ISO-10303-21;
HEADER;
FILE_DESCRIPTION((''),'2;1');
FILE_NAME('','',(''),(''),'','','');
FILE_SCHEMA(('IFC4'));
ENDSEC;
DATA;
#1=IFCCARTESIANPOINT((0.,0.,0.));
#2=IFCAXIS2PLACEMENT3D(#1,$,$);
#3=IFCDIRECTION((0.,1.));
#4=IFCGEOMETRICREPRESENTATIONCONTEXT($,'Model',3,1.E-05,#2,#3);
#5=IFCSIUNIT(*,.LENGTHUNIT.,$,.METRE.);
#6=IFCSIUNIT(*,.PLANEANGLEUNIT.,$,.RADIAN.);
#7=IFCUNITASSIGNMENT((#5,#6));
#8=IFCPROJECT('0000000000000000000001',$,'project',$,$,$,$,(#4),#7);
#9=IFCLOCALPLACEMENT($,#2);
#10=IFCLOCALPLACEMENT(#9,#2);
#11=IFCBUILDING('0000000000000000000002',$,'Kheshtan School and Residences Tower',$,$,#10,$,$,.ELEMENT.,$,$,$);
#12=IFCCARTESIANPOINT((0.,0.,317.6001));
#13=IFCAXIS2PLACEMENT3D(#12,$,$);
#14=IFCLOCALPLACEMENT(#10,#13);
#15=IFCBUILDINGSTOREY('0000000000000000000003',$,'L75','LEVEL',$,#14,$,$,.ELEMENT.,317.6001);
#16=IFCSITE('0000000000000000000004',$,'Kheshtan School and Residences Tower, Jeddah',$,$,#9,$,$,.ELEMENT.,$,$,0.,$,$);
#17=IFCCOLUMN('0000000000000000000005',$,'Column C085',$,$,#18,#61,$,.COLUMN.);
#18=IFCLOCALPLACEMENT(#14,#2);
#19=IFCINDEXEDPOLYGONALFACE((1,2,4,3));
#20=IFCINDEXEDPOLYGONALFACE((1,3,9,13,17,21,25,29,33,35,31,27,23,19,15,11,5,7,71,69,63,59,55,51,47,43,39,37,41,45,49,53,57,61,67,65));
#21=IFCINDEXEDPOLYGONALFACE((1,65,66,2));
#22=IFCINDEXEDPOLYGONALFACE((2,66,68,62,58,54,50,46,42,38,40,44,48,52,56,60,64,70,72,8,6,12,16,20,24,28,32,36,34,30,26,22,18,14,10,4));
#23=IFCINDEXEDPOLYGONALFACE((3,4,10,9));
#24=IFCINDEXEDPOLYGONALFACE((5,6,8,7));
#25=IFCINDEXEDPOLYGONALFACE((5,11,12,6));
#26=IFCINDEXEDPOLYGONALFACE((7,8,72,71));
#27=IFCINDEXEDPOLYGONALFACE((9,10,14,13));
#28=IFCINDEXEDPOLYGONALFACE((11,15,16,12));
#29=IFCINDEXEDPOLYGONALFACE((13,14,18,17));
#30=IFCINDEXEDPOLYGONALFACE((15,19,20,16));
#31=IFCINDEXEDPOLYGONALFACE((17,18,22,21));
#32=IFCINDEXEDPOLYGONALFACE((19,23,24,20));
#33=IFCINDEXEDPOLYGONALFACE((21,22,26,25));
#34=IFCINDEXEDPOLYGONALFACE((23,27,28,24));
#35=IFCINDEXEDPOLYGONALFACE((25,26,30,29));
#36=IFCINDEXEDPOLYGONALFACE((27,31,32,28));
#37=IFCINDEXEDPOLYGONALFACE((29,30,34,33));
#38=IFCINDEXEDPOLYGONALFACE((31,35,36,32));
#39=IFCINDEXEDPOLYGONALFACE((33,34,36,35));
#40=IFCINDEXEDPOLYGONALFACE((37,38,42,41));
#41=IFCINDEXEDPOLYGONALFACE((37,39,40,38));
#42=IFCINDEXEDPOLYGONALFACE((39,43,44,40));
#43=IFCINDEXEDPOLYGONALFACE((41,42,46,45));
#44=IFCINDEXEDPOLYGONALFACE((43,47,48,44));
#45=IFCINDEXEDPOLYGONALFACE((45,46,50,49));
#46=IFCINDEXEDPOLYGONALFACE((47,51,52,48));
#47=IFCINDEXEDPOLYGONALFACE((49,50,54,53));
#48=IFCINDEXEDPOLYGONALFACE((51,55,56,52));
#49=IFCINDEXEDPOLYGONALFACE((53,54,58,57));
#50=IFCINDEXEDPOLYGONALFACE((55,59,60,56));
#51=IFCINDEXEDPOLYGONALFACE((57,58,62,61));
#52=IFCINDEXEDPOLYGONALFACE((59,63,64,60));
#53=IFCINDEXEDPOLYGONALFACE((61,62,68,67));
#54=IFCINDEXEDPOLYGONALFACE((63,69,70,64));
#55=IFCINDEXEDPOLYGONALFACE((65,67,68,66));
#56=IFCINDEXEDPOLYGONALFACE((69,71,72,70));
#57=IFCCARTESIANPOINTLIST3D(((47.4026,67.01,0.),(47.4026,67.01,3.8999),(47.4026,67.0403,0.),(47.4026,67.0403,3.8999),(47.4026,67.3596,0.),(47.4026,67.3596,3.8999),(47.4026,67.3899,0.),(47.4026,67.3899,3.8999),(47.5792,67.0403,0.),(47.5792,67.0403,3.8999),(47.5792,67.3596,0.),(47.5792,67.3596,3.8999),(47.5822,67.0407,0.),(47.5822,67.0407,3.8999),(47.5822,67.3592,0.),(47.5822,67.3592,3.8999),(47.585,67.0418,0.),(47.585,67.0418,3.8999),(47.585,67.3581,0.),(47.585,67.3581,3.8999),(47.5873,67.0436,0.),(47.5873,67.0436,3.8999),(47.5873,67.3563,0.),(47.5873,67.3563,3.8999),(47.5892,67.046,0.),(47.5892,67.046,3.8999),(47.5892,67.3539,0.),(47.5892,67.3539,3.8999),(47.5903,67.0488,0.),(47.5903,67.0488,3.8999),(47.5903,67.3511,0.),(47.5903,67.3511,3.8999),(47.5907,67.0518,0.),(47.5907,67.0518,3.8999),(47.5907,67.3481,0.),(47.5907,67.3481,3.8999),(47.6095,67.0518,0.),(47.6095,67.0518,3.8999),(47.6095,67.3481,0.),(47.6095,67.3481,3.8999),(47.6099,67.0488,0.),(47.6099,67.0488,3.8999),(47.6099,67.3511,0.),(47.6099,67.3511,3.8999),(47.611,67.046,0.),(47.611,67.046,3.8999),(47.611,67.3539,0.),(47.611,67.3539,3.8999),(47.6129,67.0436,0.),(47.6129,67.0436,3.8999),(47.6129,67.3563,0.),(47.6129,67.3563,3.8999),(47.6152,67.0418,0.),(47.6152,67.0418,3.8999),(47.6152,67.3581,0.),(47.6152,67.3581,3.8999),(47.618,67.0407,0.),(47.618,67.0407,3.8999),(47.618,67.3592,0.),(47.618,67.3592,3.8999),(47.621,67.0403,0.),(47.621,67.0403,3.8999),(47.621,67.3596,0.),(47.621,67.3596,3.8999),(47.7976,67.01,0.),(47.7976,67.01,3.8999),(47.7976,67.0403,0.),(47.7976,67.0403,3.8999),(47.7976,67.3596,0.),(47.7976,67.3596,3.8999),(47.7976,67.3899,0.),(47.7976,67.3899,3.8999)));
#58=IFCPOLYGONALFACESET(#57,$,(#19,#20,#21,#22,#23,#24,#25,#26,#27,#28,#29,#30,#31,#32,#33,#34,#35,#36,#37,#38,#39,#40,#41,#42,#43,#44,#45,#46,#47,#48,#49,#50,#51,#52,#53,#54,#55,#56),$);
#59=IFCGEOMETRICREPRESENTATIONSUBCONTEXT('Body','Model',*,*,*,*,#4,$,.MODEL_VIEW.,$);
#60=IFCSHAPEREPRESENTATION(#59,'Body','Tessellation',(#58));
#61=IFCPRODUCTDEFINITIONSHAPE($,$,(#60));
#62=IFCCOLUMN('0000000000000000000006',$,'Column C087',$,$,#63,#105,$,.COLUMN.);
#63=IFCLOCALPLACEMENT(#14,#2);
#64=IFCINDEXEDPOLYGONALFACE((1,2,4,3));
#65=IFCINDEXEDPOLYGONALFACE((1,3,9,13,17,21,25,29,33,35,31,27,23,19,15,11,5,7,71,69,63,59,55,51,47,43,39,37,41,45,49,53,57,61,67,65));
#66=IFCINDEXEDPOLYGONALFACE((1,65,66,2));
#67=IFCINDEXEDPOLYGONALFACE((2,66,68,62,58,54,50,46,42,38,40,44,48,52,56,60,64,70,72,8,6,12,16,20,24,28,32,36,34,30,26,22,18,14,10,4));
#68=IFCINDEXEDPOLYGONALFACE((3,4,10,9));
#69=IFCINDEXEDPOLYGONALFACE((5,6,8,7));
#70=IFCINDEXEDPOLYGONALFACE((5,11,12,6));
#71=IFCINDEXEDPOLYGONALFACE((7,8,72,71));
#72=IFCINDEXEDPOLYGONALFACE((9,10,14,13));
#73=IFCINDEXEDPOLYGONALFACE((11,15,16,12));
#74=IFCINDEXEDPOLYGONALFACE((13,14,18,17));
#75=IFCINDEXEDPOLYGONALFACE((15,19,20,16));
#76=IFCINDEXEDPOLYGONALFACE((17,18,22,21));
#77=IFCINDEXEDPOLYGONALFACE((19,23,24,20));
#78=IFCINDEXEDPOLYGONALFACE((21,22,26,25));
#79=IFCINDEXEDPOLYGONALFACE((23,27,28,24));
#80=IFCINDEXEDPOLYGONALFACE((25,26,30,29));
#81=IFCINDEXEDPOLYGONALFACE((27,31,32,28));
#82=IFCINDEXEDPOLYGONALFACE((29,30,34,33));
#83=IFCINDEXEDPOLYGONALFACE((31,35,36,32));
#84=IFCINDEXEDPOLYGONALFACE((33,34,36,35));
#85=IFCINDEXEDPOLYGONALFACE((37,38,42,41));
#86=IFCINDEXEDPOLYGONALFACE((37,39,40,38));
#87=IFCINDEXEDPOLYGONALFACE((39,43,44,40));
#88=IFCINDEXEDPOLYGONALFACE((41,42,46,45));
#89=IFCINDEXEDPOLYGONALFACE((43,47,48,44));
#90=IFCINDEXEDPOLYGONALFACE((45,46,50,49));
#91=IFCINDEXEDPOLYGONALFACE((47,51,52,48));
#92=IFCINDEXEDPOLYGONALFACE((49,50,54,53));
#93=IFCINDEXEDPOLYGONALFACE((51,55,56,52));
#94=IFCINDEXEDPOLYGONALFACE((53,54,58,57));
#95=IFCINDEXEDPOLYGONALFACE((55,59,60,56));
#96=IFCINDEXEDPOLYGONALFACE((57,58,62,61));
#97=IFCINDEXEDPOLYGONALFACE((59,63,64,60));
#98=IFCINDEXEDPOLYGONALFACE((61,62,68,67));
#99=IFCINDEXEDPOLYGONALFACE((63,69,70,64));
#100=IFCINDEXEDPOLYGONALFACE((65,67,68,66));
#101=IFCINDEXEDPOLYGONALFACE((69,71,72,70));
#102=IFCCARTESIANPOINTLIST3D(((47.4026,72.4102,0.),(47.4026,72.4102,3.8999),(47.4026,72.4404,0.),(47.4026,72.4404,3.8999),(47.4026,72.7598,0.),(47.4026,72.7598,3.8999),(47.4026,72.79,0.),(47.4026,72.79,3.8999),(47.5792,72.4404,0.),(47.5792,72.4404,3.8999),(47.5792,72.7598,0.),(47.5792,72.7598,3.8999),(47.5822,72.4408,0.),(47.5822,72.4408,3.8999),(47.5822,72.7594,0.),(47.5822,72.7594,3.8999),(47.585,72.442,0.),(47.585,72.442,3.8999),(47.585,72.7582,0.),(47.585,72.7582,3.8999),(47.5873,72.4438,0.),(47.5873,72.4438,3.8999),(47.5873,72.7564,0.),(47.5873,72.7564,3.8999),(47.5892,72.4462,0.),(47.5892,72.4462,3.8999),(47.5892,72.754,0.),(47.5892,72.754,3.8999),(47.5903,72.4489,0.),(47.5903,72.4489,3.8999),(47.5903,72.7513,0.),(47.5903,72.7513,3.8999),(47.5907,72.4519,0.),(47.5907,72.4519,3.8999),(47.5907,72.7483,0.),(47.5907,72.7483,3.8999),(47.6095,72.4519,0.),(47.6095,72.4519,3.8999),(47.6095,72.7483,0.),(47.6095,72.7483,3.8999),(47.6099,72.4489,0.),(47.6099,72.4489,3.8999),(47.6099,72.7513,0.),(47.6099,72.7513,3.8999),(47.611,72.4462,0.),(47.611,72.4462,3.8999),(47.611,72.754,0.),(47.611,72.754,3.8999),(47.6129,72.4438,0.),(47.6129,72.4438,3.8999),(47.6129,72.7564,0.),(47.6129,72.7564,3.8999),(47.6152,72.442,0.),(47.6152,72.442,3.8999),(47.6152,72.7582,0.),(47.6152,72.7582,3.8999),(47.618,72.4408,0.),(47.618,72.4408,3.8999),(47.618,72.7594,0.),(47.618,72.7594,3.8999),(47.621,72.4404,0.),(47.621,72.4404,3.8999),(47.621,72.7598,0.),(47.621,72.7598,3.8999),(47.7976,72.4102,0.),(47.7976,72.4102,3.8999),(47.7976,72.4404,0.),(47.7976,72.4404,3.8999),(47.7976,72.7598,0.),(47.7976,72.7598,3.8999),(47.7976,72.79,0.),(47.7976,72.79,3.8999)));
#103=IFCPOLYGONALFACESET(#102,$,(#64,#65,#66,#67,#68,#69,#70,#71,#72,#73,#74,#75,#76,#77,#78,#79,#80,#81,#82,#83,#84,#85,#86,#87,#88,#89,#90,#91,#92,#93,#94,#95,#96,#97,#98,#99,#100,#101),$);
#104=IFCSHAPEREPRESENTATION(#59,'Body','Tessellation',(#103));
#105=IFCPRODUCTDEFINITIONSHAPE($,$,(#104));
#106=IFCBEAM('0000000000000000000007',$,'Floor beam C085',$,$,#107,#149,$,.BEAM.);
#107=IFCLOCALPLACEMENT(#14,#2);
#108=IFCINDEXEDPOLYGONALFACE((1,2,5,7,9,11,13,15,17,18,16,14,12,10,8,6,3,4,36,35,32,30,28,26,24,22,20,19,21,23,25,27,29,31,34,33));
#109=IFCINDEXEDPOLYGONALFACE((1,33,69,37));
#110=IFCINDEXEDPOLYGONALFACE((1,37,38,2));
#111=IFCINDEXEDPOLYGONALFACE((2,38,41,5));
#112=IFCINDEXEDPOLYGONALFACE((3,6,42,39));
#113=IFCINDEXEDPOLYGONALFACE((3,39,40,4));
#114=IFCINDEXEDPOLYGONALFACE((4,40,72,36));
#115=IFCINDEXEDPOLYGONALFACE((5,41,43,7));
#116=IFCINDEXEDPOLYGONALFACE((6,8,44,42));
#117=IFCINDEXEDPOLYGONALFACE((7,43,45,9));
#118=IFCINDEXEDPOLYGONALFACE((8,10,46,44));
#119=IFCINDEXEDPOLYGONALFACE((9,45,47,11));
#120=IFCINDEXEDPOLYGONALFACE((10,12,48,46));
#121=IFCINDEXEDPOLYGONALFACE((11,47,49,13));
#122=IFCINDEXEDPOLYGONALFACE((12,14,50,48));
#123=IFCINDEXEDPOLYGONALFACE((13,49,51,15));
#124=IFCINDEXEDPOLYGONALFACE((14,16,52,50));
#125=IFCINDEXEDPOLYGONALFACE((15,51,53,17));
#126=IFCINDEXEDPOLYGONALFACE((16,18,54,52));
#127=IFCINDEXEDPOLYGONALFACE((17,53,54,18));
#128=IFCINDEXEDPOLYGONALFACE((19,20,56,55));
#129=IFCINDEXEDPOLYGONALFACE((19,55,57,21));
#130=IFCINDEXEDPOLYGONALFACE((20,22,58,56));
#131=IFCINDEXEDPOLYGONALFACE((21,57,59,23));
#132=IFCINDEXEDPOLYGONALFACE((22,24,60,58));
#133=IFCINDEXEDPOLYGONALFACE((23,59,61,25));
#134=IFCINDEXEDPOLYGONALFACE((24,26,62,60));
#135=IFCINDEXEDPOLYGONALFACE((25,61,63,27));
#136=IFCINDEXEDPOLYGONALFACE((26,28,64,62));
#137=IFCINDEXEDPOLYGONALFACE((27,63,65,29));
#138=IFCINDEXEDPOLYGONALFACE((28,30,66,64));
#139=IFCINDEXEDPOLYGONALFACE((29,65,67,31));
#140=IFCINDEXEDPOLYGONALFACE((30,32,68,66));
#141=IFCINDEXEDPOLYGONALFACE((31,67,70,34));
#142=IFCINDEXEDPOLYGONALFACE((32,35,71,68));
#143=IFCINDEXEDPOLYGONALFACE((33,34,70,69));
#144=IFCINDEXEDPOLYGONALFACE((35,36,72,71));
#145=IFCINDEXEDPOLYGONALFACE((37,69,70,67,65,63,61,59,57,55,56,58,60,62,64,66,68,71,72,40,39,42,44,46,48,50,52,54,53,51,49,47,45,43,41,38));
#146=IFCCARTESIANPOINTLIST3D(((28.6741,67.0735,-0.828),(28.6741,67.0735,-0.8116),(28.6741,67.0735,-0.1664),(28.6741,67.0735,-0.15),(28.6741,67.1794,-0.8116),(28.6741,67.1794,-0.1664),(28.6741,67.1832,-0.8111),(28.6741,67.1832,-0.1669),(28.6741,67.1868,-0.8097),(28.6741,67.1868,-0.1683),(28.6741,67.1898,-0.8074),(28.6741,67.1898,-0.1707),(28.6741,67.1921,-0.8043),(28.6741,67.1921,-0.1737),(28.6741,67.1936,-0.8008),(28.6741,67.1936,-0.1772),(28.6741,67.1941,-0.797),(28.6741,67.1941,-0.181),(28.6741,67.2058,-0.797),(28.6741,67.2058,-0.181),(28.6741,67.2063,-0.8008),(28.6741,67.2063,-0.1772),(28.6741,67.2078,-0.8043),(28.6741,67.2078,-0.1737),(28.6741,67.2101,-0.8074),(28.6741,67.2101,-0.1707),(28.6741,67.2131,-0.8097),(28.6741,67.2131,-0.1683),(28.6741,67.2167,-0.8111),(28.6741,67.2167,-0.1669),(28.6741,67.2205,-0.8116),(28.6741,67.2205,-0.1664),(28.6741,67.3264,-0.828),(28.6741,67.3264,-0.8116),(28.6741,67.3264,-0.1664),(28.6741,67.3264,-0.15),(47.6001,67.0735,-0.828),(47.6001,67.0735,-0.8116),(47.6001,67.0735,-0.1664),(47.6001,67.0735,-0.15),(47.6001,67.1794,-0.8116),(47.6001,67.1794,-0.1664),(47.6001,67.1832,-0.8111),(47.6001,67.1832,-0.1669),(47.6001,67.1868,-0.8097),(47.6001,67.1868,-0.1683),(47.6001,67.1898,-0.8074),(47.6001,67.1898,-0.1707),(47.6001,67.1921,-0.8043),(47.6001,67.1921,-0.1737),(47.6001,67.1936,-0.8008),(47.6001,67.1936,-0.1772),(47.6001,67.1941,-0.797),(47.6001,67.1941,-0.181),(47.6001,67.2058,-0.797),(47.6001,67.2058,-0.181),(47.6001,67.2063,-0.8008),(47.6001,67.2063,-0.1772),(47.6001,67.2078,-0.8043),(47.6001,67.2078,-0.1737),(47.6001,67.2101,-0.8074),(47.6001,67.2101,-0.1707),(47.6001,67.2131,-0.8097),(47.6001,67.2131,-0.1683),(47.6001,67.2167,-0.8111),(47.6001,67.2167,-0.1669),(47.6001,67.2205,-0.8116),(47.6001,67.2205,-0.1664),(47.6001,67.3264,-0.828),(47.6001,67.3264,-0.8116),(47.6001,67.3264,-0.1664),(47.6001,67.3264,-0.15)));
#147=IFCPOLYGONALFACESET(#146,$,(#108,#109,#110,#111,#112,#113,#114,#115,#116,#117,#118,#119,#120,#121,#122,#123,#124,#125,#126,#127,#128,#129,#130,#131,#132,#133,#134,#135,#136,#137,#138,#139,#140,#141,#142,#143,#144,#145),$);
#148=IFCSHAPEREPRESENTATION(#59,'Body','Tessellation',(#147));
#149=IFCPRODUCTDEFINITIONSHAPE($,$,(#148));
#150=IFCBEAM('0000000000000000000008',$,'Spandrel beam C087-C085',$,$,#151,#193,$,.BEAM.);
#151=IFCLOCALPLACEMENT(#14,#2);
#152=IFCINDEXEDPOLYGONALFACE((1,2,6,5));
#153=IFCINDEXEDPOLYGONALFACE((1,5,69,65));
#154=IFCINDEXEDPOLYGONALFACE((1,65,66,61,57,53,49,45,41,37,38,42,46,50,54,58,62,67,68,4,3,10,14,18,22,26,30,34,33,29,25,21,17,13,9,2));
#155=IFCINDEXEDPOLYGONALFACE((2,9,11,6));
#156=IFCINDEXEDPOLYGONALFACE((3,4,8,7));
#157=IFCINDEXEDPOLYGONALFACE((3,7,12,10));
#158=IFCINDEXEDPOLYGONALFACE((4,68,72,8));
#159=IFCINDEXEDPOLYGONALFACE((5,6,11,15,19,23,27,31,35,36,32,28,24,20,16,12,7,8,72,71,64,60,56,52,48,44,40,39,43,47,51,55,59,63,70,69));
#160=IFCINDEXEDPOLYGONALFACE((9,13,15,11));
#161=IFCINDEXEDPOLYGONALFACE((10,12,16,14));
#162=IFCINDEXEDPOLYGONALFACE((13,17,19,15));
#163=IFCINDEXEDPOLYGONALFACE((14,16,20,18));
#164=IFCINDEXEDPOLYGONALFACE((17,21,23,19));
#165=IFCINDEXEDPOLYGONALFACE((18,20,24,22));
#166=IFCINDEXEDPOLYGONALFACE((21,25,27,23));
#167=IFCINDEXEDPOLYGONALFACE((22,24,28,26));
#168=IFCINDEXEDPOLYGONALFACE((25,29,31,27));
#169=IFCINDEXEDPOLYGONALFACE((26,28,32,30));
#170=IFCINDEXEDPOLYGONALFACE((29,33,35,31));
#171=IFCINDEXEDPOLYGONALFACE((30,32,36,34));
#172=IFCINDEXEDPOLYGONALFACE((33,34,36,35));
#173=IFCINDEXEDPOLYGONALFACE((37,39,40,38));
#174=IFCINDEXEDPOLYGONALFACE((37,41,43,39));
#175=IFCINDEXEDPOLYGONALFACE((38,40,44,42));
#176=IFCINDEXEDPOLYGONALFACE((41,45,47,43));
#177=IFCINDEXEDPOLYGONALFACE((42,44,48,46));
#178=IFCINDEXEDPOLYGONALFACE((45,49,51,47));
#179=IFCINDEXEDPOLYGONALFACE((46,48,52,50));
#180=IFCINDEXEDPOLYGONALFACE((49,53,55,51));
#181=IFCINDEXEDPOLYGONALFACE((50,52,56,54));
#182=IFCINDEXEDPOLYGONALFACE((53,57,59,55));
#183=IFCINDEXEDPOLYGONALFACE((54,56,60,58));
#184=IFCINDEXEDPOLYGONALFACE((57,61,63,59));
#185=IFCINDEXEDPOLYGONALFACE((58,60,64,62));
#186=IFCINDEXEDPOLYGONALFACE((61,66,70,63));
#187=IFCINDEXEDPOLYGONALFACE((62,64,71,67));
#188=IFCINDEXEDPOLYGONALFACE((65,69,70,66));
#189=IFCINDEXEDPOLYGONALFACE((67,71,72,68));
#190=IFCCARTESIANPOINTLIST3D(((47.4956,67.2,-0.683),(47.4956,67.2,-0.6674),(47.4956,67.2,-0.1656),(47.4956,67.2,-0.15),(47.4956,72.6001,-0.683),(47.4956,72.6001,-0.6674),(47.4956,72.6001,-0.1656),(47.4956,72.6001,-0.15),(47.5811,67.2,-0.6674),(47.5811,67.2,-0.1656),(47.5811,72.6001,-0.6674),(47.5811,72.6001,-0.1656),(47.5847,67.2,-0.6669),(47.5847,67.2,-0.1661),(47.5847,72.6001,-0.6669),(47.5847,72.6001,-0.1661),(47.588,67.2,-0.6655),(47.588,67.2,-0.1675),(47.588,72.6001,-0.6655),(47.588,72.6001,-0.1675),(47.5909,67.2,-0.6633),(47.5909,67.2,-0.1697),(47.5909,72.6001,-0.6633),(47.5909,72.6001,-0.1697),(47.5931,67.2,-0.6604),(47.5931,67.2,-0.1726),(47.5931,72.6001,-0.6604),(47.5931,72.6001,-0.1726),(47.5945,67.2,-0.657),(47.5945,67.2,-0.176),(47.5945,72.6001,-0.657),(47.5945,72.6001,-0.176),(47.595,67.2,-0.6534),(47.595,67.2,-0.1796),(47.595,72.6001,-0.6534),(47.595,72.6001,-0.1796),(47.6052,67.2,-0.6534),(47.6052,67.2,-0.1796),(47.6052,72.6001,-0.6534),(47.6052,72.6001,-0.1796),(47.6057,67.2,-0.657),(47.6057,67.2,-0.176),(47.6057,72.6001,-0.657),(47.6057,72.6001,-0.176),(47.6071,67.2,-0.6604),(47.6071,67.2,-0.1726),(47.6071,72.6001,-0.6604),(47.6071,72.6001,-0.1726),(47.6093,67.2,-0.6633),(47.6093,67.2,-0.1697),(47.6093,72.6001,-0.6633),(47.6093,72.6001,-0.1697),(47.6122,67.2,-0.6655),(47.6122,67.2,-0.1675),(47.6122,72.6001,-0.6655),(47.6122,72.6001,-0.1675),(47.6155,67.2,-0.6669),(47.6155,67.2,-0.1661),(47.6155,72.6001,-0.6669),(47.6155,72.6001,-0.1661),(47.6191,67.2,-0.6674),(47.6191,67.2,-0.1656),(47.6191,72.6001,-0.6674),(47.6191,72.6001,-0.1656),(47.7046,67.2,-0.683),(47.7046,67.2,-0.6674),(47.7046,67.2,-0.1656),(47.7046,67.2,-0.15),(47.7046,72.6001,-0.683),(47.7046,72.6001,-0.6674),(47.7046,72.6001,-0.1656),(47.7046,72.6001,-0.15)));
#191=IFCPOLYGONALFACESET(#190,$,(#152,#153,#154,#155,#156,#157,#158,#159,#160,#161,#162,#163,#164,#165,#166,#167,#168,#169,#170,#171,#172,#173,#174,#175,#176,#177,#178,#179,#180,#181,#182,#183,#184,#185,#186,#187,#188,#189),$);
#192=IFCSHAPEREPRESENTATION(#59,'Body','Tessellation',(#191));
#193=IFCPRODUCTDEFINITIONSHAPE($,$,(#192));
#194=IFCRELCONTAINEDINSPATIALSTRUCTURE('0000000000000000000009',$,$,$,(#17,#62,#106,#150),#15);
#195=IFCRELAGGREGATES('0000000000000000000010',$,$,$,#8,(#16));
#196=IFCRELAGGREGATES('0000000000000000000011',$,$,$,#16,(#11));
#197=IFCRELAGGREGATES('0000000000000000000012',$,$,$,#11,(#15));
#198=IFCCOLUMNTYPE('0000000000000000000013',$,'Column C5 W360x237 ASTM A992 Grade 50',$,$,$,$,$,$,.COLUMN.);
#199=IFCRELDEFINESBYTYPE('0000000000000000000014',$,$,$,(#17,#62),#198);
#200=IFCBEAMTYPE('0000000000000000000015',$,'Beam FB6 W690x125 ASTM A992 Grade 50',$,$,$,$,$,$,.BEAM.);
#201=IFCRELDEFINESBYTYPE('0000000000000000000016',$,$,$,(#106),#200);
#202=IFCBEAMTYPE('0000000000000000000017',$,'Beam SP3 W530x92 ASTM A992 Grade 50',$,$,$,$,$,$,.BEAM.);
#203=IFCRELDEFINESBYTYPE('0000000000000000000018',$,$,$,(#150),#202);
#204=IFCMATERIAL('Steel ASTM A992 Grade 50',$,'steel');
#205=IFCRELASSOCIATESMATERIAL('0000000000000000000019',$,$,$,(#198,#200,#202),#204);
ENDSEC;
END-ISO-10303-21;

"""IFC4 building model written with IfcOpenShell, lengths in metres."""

from ifc_helpers import new_model, si_unit, direction, frame, origin, origin_2d, place, context, subcontext, project, spatial, i_section, extrude, material, material_profile, profile_set, type_object, element, save


model = new_model("IFC4")

# Units and contexts
model_context = context("Model", 3, precision=1e-05, world=origin(), true_north=direction((0.0, 1.0)))
body_context = subcontext(model_context, "Body", "Model", "MODEL_VIEW")
ifc_project = project(units=[si_unit("LENGTHUNIT", "METRE"), si_unit("PLANEANGLEUNIT", "RADIAN")], contexts=[model_context])

# Site, building, storey
site_placement = place(None, origin())
site = spatial("IfcSite", under=ifc_project, at=site_placement, Name="Kheshtan School and Residences Tower, Jeddah", CompositionType="ELEMENT", RefElevation=0.0)
building_placement = place(site_placement, origin())
building = spatial("IfcBuilding", under=site, at=building_placement, Name="Kheshtan School and Residences Tower", CompositionType="ELEMENT")
storey_placement = place(building_placement, frame((0.0, 0.0, 317.6001)))
storey = spatial("IfcBuildingStorey", under=building, at=storey_placement, Name="L75", Description="LEVEL", CompositionType="ELEMENT", Elevation=317.6001)

# Columns
ifc_material_1 = material(Name="Steel ASTM A992 Grade 50", Category="steel")
ifc_material_profile_1 = material_profile(ifc_material_1, i_section(OverallWidth=0.395, OverallDepth=0.3799, WebThickness=0.0188, FlangeThickness=0.0303, FilletRadius=0.0115, at=origin_2d()), Name="W360x237")
ifc_profile_set_1 = profile_set([ifc_material_profile_1], Name="Steel ASTM A992 Grade 50")
column_type = type_object("IfcColumnType", Name="Column C5 W360x237 ASTM A992 Grade 50", PredefinedType="COLUMN", material=ifc_profile_set_1)
for number, where, z_axis, x_axis, name in (
    (1, (47.6001, 67.2, 0.0), (0.0, 0.0, 1.0), (1.0, 0.0, 0.0), "Column C085"),
    (2, (47.6001, 72.6001, 0.0), (0.0, 0.0, 1.0), (1.0, 0.0, 0.0), "Column C087"),
):
    element("IfcColumn", number, at=place(storey_placement, frame(where, z_axis=z_axis, x_axis=x_axis)), inside=storey, type_object=column_type, Name=name, PredefinedType="COLUMN", context=body_context, shape_type="SweptSolid", body=[
        extrude(i_section(OverallWidth=0.395, OverallDepth=0.3799, WebThickness=0.0188, FlangeThickness=0.0303, FilletRadius=0.0115, at=origin_2d()), origin(), (0.0, 0.0, 1.0), 3.8999),
    ])

# Beams
ifc_material_profile_2 = material_profile(ifc_material_1, i_section(OverallWidth=0.2529, OverallDepth=0.678, WebThickness=0.0117, FlangeThickness=0.0164, FilletRadius=0.0146, at=origin_2d()), Name="W690x125")
ifc_profile_set_2 = profile_set([ifc_material_profile_2], Name="Steel ASTM A992 Grade 50")
beam_type_1 = type_object("IfcBeamType", Name="Beam FB6 W690x125 ASTM A992 Grade 50", PredefinedType="BEAM", material=ifc_profile_set_2)
beam_1_placement = place(storey_placement, frame((47.6001, 67.2, -0.489), z_axis=(-1.0, 0.0, 0.0), x_axis=(0.0, -1.0, 0.0)))
element("IfcBeam", 3, at=beam_1_placement, inside=storey, type_object=beam_type_1, Name="Floor beam C085", PredefinedType="BEAM", context=body_context, shape_type="SweptSolid", body=[
    extrude(i_section(OverallWidth=0.2529, OverallDepth=0.678, WebThickness=0.0117, FlangeThickness=0.0164, FilletRadius=0.0146, at=origin_2d()), origin(), (0.0, 0.0, 1.0), 18.926),
])
ifc_material_profile_3 = material_profile(ifc_material_1, i_section(OverallWidth=0.209, OverallDepth=0.533, WebThickness=0.0103, FlangeThickness=0.0156, FilletRadius=0.0139, at=origin_2d()), Name="W530x92")
ifc_profile_set_3 = profile_set([ifc_material_profile_3], Name="Steel ASTM A992 Grade 50")
beam_type_2 = type_object("IfcBeamType", Name="Beam SP3 W530x92 ASTM A992 Grade 50", PredefinedType="BEAM", material=ifc_profile_set_3)
beam_2_placement = place(storey_placement, frame((47.6001, 72.6001, -0.4165), z_axis=(0.0, -1.0, 0.0), x_axis=(1.0, 0.0, 0.0)))
element("IfcBeam", 4, at=beam_2_placement, inside=storey, type_object=beam_type_2, Name="Spandrel beam C087-C085", PredefinedType="BEAM", context=body_context, shape_type="SweptSolid", body=[
    extrude(i_section(OverallWidth=0.209, OverallDepth=0.533, WebThickness=0.0103, FlangeThickness=0.0156, FilletRadius=0.0139, at=origin_2d()), origin(), (0.0, 0.0, 1.0), 5.4001),
])

save(model, "model.ifc")
